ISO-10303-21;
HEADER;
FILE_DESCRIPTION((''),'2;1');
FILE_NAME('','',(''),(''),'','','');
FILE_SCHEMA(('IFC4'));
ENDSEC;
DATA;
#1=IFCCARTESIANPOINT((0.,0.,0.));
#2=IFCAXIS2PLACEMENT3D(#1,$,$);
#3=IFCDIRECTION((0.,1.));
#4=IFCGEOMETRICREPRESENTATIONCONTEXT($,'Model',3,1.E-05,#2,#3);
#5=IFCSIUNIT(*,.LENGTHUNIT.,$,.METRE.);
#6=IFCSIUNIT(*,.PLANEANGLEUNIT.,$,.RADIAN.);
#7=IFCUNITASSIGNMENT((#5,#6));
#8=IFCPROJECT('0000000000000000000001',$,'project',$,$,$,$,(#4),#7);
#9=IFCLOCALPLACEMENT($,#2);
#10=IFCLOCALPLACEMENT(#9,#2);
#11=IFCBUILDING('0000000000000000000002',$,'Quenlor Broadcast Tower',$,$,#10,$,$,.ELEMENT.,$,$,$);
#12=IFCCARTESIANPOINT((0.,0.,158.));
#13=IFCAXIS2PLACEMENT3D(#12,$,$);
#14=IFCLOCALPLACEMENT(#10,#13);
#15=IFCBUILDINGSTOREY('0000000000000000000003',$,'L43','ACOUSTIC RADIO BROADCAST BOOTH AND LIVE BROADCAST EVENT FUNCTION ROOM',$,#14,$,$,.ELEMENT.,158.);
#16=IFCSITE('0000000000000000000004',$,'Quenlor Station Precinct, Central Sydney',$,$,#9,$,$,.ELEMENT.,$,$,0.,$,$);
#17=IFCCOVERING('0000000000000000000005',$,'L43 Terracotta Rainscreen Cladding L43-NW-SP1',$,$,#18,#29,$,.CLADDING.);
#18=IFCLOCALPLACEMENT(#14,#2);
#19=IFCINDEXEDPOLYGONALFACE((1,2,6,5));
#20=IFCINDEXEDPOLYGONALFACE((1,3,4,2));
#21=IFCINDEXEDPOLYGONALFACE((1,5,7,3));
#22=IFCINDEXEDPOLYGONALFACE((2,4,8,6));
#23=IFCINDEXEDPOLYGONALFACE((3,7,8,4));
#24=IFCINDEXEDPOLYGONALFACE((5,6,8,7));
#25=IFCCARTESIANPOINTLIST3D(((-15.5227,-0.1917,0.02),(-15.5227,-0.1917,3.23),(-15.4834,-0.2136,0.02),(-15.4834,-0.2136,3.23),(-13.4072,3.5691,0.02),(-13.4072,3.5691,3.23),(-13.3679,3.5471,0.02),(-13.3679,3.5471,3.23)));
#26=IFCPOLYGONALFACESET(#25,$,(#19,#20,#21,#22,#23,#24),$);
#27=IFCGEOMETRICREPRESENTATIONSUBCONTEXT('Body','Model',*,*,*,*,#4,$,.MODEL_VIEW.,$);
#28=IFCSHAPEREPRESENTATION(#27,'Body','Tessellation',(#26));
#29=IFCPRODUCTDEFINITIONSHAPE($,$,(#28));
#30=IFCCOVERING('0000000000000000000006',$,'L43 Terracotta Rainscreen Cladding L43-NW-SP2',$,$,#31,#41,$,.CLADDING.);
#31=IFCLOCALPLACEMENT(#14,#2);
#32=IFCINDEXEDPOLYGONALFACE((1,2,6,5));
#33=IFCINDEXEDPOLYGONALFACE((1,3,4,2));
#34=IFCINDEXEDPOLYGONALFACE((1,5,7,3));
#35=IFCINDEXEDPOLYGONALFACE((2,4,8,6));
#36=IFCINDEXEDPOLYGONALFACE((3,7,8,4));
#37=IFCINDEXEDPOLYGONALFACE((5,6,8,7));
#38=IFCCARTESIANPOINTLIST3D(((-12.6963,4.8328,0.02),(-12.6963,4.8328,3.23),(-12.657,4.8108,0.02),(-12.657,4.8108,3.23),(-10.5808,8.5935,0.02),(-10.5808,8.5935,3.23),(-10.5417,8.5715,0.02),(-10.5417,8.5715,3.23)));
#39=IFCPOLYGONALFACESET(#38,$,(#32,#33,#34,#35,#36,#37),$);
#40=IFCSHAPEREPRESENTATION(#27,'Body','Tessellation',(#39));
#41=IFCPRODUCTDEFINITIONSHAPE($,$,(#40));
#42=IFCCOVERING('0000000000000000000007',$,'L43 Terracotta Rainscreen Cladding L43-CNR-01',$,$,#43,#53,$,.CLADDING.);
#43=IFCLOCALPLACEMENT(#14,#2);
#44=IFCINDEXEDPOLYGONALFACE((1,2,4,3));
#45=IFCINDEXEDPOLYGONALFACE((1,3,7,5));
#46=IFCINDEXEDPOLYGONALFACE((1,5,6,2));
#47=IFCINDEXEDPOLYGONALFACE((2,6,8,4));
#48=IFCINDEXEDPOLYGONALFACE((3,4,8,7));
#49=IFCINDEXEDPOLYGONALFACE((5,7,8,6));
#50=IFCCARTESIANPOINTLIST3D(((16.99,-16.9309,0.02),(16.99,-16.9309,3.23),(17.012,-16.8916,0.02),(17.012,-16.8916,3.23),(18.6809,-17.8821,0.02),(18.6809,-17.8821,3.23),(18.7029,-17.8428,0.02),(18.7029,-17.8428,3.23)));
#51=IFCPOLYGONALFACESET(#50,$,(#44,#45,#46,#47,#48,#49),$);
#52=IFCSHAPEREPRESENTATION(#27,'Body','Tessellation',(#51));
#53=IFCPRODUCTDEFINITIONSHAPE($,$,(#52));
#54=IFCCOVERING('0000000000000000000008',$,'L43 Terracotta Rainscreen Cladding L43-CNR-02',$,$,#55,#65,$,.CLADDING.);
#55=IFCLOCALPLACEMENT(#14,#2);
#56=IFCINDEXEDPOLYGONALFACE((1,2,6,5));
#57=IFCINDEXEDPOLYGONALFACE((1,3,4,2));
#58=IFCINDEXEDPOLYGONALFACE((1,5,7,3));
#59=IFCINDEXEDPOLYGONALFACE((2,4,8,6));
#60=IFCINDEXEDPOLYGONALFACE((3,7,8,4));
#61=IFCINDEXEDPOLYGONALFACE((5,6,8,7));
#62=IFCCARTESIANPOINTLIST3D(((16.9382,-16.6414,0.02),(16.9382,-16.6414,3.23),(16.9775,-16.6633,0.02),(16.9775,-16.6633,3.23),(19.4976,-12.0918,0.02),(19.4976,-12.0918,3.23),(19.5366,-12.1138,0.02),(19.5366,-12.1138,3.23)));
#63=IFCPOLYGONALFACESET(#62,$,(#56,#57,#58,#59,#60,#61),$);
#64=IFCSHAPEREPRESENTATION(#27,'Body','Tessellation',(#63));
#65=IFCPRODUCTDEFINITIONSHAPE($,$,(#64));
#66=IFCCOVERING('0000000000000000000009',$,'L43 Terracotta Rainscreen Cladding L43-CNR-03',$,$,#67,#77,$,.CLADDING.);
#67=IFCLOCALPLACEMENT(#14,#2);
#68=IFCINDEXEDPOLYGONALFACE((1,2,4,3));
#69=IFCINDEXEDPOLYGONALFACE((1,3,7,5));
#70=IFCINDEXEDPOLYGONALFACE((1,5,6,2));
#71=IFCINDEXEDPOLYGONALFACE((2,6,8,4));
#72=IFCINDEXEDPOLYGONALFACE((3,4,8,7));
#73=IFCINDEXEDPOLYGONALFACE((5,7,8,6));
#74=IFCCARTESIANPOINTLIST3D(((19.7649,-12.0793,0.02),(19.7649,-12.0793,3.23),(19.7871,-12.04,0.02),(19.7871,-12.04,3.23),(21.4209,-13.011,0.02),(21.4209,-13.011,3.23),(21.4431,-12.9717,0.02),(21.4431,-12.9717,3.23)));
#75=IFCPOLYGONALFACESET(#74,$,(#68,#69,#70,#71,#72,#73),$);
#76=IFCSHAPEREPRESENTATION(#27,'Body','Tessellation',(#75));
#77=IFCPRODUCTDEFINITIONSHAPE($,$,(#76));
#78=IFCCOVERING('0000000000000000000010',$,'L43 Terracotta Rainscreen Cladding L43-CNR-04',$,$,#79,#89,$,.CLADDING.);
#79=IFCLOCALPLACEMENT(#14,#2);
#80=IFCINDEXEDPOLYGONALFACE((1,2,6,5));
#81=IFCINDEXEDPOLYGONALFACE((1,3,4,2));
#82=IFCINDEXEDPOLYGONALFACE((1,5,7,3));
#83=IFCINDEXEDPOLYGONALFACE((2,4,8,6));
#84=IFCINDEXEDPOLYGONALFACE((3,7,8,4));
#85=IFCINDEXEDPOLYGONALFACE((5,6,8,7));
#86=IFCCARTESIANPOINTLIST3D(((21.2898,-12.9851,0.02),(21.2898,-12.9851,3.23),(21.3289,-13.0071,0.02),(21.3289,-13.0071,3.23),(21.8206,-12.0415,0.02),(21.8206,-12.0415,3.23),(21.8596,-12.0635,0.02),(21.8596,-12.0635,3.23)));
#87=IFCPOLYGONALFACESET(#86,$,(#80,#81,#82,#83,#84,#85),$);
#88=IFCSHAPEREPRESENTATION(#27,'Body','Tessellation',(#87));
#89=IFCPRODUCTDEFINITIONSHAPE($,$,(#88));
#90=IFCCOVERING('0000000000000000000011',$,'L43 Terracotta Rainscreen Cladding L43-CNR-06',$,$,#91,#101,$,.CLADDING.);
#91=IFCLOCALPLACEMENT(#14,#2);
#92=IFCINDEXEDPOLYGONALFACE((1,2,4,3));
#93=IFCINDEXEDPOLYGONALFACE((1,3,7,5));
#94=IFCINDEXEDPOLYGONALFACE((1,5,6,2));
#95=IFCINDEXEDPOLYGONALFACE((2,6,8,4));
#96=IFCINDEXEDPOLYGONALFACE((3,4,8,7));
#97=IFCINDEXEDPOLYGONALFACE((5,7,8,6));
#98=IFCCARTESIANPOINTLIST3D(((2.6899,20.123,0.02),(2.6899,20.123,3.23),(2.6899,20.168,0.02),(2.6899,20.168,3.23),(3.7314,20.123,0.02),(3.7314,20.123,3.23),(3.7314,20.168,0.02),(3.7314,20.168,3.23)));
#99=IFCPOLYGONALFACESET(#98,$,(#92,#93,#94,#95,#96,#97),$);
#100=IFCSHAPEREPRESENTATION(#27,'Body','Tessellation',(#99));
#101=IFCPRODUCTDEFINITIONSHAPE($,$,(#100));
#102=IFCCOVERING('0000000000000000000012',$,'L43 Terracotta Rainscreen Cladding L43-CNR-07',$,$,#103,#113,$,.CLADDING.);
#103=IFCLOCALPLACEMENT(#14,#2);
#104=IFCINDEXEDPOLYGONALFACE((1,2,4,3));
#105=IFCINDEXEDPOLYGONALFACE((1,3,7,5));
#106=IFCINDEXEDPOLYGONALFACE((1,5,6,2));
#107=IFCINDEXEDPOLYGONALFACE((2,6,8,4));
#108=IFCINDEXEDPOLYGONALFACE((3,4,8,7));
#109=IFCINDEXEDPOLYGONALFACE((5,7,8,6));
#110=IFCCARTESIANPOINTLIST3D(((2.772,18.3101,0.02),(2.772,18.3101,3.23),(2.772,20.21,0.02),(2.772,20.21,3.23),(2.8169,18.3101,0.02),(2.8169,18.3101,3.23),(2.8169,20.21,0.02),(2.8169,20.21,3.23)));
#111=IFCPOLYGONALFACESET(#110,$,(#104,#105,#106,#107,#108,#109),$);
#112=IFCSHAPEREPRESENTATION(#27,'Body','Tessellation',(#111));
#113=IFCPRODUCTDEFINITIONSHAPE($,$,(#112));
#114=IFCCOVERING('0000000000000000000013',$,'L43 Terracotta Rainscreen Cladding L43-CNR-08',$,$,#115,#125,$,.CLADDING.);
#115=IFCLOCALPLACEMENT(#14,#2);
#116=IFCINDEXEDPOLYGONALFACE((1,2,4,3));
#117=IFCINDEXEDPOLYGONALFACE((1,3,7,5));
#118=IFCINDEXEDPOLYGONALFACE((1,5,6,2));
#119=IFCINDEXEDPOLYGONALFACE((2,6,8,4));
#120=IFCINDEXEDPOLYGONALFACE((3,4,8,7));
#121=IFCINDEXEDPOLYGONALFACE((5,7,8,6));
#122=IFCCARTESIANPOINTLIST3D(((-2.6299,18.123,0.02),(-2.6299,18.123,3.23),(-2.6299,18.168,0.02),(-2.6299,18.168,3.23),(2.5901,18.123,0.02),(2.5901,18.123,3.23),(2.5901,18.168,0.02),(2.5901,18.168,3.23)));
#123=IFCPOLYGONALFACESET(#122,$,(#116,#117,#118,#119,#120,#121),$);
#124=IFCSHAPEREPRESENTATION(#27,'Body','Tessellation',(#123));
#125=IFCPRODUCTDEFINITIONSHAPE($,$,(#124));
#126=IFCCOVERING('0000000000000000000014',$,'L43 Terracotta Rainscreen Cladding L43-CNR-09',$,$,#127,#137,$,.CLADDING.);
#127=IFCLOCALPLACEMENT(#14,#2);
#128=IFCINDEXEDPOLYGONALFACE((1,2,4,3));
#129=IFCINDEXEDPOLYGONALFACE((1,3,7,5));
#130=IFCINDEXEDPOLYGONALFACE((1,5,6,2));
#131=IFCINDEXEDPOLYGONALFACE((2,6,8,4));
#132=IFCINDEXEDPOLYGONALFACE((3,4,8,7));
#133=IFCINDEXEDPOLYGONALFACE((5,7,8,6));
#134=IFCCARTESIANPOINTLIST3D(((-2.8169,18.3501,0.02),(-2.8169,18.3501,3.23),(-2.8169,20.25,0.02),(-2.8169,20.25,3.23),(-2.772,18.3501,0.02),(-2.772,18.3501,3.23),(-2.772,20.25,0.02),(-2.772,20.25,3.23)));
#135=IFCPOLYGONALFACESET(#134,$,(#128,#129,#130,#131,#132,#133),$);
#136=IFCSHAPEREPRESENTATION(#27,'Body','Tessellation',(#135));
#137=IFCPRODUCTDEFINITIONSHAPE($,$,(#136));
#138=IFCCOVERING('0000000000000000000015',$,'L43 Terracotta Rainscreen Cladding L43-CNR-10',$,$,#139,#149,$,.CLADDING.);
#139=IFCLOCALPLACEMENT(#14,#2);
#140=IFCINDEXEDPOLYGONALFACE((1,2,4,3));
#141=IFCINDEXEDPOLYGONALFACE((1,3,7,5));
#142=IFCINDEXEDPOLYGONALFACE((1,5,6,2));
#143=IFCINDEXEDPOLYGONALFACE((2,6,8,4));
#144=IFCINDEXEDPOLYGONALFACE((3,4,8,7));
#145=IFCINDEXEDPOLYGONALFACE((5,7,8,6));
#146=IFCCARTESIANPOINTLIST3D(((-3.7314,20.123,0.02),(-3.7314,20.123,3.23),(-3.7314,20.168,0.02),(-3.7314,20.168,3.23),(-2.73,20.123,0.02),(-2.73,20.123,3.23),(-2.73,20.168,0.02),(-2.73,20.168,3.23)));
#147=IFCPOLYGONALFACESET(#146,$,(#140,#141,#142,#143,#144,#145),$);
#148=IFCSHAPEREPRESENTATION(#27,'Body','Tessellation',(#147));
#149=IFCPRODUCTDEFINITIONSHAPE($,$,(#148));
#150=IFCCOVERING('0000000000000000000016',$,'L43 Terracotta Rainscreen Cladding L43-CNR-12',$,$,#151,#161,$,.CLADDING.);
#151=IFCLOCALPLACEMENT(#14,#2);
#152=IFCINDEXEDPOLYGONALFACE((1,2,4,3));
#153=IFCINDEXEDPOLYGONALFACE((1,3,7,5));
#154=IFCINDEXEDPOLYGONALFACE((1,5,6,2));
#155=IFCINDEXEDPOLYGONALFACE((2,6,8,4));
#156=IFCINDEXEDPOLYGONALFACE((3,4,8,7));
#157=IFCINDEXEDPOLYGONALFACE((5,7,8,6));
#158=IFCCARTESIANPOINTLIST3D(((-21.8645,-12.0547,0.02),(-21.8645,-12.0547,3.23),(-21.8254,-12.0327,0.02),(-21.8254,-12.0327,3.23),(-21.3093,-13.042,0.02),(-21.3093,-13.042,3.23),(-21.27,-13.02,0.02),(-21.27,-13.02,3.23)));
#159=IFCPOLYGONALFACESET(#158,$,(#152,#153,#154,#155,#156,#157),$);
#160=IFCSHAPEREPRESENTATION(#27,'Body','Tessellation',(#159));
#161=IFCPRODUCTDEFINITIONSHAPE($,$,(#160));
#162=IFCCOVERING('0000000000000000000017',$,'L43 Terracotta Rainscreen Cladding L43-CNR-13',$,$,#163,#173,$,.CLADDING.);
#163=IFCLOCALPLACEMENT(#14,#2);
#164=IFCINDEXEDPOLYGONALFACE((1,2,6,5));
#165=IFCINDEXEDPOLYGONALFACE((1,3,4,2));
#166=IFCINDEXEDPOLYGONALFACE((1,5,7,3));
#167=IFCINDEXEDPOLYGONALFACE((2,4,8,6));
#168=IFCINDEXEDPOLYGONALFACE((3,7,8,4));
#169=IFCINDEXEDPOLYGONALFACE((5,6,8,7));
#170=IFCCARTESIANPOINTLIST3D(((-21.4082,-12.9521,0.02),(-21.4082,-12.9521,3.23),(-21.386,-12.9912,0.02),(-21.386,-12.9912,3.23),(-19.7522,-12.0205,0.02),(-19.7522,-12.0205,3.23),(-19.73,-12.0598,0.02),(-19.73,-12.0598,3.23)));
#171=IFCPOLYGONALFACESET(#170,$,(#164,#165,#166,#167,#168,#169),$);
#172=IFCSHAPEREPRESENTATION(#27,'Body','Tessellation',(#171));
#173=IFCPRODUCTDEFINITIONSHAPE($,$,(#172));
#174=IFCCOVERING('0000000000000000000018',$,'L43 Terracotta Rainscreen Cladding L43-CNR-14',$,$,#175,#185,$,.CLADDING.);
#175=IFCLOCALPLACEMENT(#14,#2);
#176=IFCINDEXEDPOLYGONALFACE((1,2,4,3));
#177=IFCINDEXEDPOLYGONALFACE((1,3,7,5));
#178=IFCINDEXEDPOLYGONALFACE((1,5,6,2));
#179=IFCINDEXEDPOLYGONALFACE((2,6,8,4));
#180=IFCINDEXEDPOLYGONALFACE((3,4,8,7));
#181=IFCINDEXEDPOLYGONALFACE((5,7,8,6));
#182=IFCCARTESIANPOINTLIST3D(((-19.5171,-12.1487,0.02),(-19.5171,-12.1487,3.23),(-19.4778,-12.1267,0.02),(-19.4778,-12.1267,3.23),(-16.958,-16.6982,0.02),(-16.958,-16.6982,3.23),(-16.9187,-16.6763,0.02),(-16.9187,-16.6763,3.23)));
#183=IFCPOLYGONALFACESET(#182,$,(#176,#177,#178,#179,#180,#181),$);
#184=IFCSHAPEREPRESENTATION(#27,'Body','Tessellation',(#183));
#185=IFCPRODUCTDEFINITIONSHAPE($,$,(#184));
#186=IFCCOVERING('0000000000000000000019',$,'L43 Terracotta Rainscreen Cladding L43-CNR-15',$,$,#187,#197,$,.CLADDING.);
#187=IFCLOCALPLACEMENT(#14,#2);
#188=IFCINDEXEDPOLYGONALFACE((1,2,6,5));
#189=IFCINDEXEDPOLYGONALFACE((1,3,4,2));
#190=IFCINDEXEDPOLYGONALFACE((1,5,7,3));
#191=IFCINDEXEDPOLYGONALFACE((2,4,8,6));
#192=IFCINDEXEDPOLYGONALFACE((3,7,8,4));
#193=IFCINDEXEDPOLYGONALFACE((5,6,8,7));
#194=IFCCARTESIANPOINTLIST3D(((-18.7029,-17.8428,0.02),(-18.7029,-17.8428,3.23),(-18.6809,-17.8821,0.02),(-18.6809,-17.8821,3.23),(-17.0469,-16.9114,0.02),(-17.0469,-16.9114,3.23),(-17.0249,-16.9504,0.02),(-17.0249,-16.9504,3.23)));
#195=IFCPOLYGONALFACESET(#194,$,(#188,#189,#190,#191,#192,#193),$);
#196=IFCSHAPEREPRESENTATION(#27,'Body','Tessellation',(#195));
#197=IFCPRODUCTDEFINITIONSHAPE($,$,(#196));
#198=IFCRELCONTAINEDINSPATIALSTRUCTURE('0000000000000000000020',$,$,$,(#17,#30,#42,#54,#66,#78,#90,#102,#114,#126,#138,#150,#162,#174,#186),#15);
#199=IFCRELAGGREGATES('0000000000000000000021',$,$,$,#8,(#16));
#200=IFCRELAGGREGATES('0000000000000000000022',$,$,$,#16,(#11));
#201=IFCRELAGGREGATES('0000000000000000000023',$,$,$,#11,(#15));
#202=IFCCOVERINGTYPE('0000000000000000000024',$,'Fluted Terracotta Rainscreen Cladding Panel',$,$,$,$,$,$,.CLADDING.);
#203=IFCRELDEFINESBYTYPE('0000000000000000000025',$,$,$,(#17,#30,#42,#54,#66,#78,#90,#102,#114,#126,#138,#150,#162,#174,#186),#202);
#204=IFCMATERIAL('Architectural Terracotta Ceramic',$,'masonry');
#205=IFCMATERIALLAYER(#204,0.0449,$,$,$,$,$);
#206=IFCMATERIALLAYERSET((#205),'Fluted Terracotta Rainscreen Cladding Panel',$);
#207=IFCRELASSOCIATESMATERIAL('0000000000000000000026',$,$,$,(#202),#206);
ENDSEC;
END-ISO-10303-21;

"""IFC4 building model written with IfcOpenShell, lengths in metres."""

from ifc_helpers import new_model, si_unit, direction, frame, origin, place, context, subcontext, project, spatial, polyline, outline, extrude, material, layer, layer_set, type_object, element, save


model = new_model("IFC4")

# Units and contexts
model_context = context("Model", 3, precision=1e-05, world=origin(), true_north=direction((0.0, 1.0)))
body_context = subcontext(model_context, "Body", "Model", "MODEL_VIEW")
ifc_project = project(units=[si_unit("LENGTHUNIT", "METRE"), si_unit("PLANEANGLEUNIT", "RADIAN")], contexts=[model_context])

# Site, building, storey
site_placement = place(None, origin())
site = spatial("IfcSite", under=ifc_project, at=site_placement, Name="Quenlor Station Precinct, Central Sydney", CompositionType="ELEMENT", RefElevation=0.0)
building_placement = place(site_placement, origin())
building = spatial("IfcBuilding", under=site, at=building_placement, Name="Quenlor Broadcast Tower", CompositionType="ELEMENT")
storey_placement = place(building_placement, frame((0.0, 0.0, 158.0)))
storey = spatial("IfcBuildingStorey", under=building, at=storey_placement, Name="L43", Description="ACOUSTIC RADIO BROADCAST BOOTH AND LIVE BROADCAST EVENT FUNCTION ROOM", CompositionType="ELEMENT", Elevation=158.0)

# Coverings
ifc_material_1 = material(Name="Architectural Terracotta Ceramic", Category="masonry")
ifc_layer_1 = layer(ifc_material_1, 0.0449)
ifc_layer_set_1 = layer_set([ifc_layer_1], Name="Fluted Terracotta Rainscreen Cladding Panel")
covering_type_1 = type_object("IfcCoveringType", Name="Fluted Terracotta Rainscreen Cladding Panel", PredefinedType="CLADDING", material=ifc_layer_set_1)
covering_1_placement = place(storey_placement, frame((0.0, 0.0, 0.02)))
element("IfcCovering", 1, at=covering_1_placement, inside=storey, type_object=covering_type_1, Name="L43 Terracotta Rainscreen Cladding L43-NW-SP1", PredefinedType="CLADDING", context=body_context, shape_type="SweptSolid", body=[
    extrude(outline(polyline([(-15.4834, -0.2136), (-13.3679, 3.5471), (-13.4072, 3.5691), (-15.5227, -0.1917), (-15.4834, -0.2136)])), origin(), (0.0, 0.0, 1.0), 3.21),
])
covering_2_placement = place(storey_placement, frame((0.0, 0.0, 0.02)))
element("IfcCovering", 2, at=covering_2_placement, inside=storey, type_object=covering_type_1, Name="L43 Terracotta Rainscreen Cladding L43-NW-SP2", PredefinedType="CLADDING", context=body_context, shape_type="SweptSolid", body=[
    extrude(outline(polyline([(-12.657, 4.8108), (-10.5417, 8.5715), (-10.5808, 8.5935), (-12.6963, 4.8328), (-12.657, 4.8108)])), origin(), (0.0, 0.0, 1.0), 3.21),
])
covering_3_placement = place(storey_placement, frame((0.0, 0.0, 0.02)))
element("IfcCovering", 3, at=covering_3_placement, inside=storey, type_object=covering_type_1, Name="L43 Terracotta Rainscreen Cladding L43-CNR-01", PredefinedType="CLADDING", context=body_context, shape_type="SweptSolid", body=[
    extrude(outline(polyline([(18.7029, -17.8428), (17.012, -16.8916), (16.99, -16.9309), (18.6809, -17.8821), (18.7029, -17.8428)])), origin(), (0.0, 0.0, 1.0), 3.21),
])
covering_4_placement = place(storey_placement, frame((0.0, 0.0, 0.02)))
element("IfcCovering", 4, at=covering_4_placement, inside=storey, type_object=covering_type_1, Name="L43 Terracotta Rainscreen Cladding L43-CNR-02", PredefinedType="CLADDING", context=body_context, shape_type="SweptSolid", body=[
    extrude(outline(polyline([(16.9775, -16.6633), (19.5366, -12.1138), (19.4976, -12.0918), (16.9382, -16.6414), (16.9775, -16.6633)])), origin(), (0.0, 0.0, 1.0), 3.21),
])
covering_5_placement = place(storey_placement, frame((0.0, 0.0, 0.02)))
element("IfcCovering", 5, at=covering_5_placement, inside=storey, type_object=covering_type_1, Name="L43 Terracotta Rainscreen Cladding L43-CNR-03", PredefinedType="CLADDING", context=body_context, shape_type="SweptSolid", body=[
    extrude(outline(polyline([(19.7649, -12.0793), (21.4209, -13.011), (21.4431, -12.9717), (19.7871, -12.04), (19.7649, -12.0793)])), origin(), (0.0, 0.0, 1.0), 3.21),
])
covering_6_placement = place(storey_placement, frame((0.0, 0.0, 0.02)))
element("IfcCovering", 6, at=covering_6_placement, inside=storey, type_object=covering_type_1, Name="L43 Terracotta Rainscreen Cladding L43-CNR-04", PredefinedType="CLADDING", context=body_context, shape_type="SweptSolid", body=[
    extrude(outline(polyline([(21.3289, -13.0071), (21.8596, -12.0635), (21.8206, -12.0415), (21.2898, -12.9851), (21.3289, -13.0071)])), origin(), (0.0, 0.0, 1.0), 3.21),
])
covering_7_placement = place(storey_placement, frame((0.0, 0.0, 0.02)))
element("IfcCovering", 7, at=covering_7_placement, inside=storey, type_object=covering_type_1, Name="L43 Terracotta Rainscreen Cladding L43-CNR-06", PredefinedType="CLADDING", context=body_context, shape_type="SweptSolid", body=[
    extrude(outline(polyline([(3.7314, 20.168), (2.6899, 20.168), (2.6899, 20.123), (3.7314, 20.123), (3.7314, 20.168)])), origin(), (0.0, 0.0, 1.0), 3.21),
])
covering_8_placement = place(storey_placement, frame((0.0, 0.0, 0.02)))
element("IfcCovering", 8, at=covering_8_placement, inside=storey, type_object=covering_type_1, Name="L43 Terracotta Rainscreen Cladding L43-CNR-07", PredefinedType="CLADDING", context=body_context, shape_type="SweptSolid", body=[
    extrude(outline(polyline([(2.772, 20.21), (2.772, 18.3101), (2.8169, 18.3101), (2.8169, 20.21), (2.772, 20.21)])), origin(), (0.0, 0.0, 1.0), 3.21),
])
covering_9_placement = place(storey_placement, frame((0.0, 0.0, 0.02)))
element("IfcCovering", 9, at=covering_9_placement, inside=storey, type_object=covering_type_1, Name="L43 Terracotta Rainscreen Cladding L43-CNR-08", PredefinedType="CLADDING", context=body_context, shape_type="SweptSolid", body=[
    extrude(outline(polyline([(2.5901, 18.168), (-2.6299, 18.168), (-2.6299, 18.123), (2.5901, 18.123), (2.5901, 18.168)])), origin(), (0.0, 0.0, 1.0), 3.21),
])
covering_10_placement = place(storey_placement, frame((0.0, 0.0, 0.02)))
element("IfcCovering", 10, at=covering_10_placement, inside=storey, type_object=covering_type_1, Name="L43 Terracotta Rainscreen Cladding L43-CNR-09", PredefinedType="CLADDING", context=body_context, shape_type="SweptSolid", body=[
    extrude(outline(polyline([(-2.772, 18.3501), (-2.772, 20.25), (-2.8169, 20.25), (-2.8169, 18.3501), (-2.772, 18.3501)])), origin(), (0.0, 0.0, 1.0), 3.21),
])
covering_11_placement = place(storey_placement, frame((0.0, 0.0, 0.02)))
element("IfcCovering", 11, at=covering_11_placement, inside=storey, type_object=covering_type_1, Name="L43 Terracotta Rainscreen Cladding L43-CNR-10", PredefinedType="CLADDING", context=body_context, shape_type="SweptSolid", body=[
    extrude(outline(polyline([(-2.73, 20.168), (-3.7314, 20.168), (-3.7314, 20.123), (-2.73, 20.123), (-2.73, 20.168)])), origin(), (0.0, 0.0, 1.0), 3.21),
])
covering_12_placement = place(storey_placement, frame((0.0, 0.0, 0.02)))
element("IfcCovering", 12, at=covering_12_placement, inside=storey, type_object=covering_type_1, Name="L43 Terracotta Rainscreen Cladding L43-CNR-12", PredefinedType="CLADDING", context=body_context, shape_type="SweptSolid", body=[
    extrude(outline(polyline([(-21.8645, -12.0547), (-21.3093, -13.042), (-21.27, -13.02), (-21.8254, -12.0327), (-21.8645, -12.0547)])), origin(), (0.0, 0.0, 1.0), 3.21),
])
covering_13_placement = place(storey_placement, frame((0.0, 0.0, 0.02)))
element("IfcCovering", 13, at=covering_13_placement, inside=storey, type_object=covering_type_1, Name="L43 Terracotta Rainscreen Cladding L43-CNR-13", PredefinedType="CLADDING", context=body_context, shape_type="SweptSolid", body=[
    extrude(outline(polyline([(-21.386, -12.9912), (-19.73, -12.0598), (-19.7522, -12.0205), (-21.4082, -12.9521), (-21.386, -12.9912)])), origin(), (0.0, 0.0, 1.0), 3.21),
])
covering_14_placement = place(storey_placement, frame((0.0, 0.0, 0.02)))
element("IfcCovering", 14, at=covering_14_placement, inside=storey, type_object=covering_type_1, Name="L43 Terracotta Rainscreen Cladding L43-CNR-14", PredefinedType="CLADDING", context=body_context, shape_type="SweptSolid", body=[
    extrude(outline(polyline([(-19.5171, -12.1487), (-16.958, -16.6982), (-16.9187, -16.6763), (-19.4778, -12.1267), (-19.5171, -12.1487)])), origin(), (0.0, 0.0, 1.0), 3.21),
])
covering_15_placement = place(storey_placement, frame((0.0, 0.0, 0.02)))
element("IfcCovering", 15, at=covering_15_placement, inside=storey, type_object=covering_type_1, Name="L43 Terracotta Rainscreen Cladding L43-CNR-15", PredefinedType="CLADDING", context=body_context, shape_type="SweptSolid", body=[
    extrude(outline(polyline([(-17.0469, -16.9114), (-18.7029, -17.8428), (-18.6809, -17.8821), (-17.0249, -16.9504), (-17.0469, -16.9114)])), origin(), (0.0, 0.0, 1.0), 3.21),
])

save(model, "model.ifc")
